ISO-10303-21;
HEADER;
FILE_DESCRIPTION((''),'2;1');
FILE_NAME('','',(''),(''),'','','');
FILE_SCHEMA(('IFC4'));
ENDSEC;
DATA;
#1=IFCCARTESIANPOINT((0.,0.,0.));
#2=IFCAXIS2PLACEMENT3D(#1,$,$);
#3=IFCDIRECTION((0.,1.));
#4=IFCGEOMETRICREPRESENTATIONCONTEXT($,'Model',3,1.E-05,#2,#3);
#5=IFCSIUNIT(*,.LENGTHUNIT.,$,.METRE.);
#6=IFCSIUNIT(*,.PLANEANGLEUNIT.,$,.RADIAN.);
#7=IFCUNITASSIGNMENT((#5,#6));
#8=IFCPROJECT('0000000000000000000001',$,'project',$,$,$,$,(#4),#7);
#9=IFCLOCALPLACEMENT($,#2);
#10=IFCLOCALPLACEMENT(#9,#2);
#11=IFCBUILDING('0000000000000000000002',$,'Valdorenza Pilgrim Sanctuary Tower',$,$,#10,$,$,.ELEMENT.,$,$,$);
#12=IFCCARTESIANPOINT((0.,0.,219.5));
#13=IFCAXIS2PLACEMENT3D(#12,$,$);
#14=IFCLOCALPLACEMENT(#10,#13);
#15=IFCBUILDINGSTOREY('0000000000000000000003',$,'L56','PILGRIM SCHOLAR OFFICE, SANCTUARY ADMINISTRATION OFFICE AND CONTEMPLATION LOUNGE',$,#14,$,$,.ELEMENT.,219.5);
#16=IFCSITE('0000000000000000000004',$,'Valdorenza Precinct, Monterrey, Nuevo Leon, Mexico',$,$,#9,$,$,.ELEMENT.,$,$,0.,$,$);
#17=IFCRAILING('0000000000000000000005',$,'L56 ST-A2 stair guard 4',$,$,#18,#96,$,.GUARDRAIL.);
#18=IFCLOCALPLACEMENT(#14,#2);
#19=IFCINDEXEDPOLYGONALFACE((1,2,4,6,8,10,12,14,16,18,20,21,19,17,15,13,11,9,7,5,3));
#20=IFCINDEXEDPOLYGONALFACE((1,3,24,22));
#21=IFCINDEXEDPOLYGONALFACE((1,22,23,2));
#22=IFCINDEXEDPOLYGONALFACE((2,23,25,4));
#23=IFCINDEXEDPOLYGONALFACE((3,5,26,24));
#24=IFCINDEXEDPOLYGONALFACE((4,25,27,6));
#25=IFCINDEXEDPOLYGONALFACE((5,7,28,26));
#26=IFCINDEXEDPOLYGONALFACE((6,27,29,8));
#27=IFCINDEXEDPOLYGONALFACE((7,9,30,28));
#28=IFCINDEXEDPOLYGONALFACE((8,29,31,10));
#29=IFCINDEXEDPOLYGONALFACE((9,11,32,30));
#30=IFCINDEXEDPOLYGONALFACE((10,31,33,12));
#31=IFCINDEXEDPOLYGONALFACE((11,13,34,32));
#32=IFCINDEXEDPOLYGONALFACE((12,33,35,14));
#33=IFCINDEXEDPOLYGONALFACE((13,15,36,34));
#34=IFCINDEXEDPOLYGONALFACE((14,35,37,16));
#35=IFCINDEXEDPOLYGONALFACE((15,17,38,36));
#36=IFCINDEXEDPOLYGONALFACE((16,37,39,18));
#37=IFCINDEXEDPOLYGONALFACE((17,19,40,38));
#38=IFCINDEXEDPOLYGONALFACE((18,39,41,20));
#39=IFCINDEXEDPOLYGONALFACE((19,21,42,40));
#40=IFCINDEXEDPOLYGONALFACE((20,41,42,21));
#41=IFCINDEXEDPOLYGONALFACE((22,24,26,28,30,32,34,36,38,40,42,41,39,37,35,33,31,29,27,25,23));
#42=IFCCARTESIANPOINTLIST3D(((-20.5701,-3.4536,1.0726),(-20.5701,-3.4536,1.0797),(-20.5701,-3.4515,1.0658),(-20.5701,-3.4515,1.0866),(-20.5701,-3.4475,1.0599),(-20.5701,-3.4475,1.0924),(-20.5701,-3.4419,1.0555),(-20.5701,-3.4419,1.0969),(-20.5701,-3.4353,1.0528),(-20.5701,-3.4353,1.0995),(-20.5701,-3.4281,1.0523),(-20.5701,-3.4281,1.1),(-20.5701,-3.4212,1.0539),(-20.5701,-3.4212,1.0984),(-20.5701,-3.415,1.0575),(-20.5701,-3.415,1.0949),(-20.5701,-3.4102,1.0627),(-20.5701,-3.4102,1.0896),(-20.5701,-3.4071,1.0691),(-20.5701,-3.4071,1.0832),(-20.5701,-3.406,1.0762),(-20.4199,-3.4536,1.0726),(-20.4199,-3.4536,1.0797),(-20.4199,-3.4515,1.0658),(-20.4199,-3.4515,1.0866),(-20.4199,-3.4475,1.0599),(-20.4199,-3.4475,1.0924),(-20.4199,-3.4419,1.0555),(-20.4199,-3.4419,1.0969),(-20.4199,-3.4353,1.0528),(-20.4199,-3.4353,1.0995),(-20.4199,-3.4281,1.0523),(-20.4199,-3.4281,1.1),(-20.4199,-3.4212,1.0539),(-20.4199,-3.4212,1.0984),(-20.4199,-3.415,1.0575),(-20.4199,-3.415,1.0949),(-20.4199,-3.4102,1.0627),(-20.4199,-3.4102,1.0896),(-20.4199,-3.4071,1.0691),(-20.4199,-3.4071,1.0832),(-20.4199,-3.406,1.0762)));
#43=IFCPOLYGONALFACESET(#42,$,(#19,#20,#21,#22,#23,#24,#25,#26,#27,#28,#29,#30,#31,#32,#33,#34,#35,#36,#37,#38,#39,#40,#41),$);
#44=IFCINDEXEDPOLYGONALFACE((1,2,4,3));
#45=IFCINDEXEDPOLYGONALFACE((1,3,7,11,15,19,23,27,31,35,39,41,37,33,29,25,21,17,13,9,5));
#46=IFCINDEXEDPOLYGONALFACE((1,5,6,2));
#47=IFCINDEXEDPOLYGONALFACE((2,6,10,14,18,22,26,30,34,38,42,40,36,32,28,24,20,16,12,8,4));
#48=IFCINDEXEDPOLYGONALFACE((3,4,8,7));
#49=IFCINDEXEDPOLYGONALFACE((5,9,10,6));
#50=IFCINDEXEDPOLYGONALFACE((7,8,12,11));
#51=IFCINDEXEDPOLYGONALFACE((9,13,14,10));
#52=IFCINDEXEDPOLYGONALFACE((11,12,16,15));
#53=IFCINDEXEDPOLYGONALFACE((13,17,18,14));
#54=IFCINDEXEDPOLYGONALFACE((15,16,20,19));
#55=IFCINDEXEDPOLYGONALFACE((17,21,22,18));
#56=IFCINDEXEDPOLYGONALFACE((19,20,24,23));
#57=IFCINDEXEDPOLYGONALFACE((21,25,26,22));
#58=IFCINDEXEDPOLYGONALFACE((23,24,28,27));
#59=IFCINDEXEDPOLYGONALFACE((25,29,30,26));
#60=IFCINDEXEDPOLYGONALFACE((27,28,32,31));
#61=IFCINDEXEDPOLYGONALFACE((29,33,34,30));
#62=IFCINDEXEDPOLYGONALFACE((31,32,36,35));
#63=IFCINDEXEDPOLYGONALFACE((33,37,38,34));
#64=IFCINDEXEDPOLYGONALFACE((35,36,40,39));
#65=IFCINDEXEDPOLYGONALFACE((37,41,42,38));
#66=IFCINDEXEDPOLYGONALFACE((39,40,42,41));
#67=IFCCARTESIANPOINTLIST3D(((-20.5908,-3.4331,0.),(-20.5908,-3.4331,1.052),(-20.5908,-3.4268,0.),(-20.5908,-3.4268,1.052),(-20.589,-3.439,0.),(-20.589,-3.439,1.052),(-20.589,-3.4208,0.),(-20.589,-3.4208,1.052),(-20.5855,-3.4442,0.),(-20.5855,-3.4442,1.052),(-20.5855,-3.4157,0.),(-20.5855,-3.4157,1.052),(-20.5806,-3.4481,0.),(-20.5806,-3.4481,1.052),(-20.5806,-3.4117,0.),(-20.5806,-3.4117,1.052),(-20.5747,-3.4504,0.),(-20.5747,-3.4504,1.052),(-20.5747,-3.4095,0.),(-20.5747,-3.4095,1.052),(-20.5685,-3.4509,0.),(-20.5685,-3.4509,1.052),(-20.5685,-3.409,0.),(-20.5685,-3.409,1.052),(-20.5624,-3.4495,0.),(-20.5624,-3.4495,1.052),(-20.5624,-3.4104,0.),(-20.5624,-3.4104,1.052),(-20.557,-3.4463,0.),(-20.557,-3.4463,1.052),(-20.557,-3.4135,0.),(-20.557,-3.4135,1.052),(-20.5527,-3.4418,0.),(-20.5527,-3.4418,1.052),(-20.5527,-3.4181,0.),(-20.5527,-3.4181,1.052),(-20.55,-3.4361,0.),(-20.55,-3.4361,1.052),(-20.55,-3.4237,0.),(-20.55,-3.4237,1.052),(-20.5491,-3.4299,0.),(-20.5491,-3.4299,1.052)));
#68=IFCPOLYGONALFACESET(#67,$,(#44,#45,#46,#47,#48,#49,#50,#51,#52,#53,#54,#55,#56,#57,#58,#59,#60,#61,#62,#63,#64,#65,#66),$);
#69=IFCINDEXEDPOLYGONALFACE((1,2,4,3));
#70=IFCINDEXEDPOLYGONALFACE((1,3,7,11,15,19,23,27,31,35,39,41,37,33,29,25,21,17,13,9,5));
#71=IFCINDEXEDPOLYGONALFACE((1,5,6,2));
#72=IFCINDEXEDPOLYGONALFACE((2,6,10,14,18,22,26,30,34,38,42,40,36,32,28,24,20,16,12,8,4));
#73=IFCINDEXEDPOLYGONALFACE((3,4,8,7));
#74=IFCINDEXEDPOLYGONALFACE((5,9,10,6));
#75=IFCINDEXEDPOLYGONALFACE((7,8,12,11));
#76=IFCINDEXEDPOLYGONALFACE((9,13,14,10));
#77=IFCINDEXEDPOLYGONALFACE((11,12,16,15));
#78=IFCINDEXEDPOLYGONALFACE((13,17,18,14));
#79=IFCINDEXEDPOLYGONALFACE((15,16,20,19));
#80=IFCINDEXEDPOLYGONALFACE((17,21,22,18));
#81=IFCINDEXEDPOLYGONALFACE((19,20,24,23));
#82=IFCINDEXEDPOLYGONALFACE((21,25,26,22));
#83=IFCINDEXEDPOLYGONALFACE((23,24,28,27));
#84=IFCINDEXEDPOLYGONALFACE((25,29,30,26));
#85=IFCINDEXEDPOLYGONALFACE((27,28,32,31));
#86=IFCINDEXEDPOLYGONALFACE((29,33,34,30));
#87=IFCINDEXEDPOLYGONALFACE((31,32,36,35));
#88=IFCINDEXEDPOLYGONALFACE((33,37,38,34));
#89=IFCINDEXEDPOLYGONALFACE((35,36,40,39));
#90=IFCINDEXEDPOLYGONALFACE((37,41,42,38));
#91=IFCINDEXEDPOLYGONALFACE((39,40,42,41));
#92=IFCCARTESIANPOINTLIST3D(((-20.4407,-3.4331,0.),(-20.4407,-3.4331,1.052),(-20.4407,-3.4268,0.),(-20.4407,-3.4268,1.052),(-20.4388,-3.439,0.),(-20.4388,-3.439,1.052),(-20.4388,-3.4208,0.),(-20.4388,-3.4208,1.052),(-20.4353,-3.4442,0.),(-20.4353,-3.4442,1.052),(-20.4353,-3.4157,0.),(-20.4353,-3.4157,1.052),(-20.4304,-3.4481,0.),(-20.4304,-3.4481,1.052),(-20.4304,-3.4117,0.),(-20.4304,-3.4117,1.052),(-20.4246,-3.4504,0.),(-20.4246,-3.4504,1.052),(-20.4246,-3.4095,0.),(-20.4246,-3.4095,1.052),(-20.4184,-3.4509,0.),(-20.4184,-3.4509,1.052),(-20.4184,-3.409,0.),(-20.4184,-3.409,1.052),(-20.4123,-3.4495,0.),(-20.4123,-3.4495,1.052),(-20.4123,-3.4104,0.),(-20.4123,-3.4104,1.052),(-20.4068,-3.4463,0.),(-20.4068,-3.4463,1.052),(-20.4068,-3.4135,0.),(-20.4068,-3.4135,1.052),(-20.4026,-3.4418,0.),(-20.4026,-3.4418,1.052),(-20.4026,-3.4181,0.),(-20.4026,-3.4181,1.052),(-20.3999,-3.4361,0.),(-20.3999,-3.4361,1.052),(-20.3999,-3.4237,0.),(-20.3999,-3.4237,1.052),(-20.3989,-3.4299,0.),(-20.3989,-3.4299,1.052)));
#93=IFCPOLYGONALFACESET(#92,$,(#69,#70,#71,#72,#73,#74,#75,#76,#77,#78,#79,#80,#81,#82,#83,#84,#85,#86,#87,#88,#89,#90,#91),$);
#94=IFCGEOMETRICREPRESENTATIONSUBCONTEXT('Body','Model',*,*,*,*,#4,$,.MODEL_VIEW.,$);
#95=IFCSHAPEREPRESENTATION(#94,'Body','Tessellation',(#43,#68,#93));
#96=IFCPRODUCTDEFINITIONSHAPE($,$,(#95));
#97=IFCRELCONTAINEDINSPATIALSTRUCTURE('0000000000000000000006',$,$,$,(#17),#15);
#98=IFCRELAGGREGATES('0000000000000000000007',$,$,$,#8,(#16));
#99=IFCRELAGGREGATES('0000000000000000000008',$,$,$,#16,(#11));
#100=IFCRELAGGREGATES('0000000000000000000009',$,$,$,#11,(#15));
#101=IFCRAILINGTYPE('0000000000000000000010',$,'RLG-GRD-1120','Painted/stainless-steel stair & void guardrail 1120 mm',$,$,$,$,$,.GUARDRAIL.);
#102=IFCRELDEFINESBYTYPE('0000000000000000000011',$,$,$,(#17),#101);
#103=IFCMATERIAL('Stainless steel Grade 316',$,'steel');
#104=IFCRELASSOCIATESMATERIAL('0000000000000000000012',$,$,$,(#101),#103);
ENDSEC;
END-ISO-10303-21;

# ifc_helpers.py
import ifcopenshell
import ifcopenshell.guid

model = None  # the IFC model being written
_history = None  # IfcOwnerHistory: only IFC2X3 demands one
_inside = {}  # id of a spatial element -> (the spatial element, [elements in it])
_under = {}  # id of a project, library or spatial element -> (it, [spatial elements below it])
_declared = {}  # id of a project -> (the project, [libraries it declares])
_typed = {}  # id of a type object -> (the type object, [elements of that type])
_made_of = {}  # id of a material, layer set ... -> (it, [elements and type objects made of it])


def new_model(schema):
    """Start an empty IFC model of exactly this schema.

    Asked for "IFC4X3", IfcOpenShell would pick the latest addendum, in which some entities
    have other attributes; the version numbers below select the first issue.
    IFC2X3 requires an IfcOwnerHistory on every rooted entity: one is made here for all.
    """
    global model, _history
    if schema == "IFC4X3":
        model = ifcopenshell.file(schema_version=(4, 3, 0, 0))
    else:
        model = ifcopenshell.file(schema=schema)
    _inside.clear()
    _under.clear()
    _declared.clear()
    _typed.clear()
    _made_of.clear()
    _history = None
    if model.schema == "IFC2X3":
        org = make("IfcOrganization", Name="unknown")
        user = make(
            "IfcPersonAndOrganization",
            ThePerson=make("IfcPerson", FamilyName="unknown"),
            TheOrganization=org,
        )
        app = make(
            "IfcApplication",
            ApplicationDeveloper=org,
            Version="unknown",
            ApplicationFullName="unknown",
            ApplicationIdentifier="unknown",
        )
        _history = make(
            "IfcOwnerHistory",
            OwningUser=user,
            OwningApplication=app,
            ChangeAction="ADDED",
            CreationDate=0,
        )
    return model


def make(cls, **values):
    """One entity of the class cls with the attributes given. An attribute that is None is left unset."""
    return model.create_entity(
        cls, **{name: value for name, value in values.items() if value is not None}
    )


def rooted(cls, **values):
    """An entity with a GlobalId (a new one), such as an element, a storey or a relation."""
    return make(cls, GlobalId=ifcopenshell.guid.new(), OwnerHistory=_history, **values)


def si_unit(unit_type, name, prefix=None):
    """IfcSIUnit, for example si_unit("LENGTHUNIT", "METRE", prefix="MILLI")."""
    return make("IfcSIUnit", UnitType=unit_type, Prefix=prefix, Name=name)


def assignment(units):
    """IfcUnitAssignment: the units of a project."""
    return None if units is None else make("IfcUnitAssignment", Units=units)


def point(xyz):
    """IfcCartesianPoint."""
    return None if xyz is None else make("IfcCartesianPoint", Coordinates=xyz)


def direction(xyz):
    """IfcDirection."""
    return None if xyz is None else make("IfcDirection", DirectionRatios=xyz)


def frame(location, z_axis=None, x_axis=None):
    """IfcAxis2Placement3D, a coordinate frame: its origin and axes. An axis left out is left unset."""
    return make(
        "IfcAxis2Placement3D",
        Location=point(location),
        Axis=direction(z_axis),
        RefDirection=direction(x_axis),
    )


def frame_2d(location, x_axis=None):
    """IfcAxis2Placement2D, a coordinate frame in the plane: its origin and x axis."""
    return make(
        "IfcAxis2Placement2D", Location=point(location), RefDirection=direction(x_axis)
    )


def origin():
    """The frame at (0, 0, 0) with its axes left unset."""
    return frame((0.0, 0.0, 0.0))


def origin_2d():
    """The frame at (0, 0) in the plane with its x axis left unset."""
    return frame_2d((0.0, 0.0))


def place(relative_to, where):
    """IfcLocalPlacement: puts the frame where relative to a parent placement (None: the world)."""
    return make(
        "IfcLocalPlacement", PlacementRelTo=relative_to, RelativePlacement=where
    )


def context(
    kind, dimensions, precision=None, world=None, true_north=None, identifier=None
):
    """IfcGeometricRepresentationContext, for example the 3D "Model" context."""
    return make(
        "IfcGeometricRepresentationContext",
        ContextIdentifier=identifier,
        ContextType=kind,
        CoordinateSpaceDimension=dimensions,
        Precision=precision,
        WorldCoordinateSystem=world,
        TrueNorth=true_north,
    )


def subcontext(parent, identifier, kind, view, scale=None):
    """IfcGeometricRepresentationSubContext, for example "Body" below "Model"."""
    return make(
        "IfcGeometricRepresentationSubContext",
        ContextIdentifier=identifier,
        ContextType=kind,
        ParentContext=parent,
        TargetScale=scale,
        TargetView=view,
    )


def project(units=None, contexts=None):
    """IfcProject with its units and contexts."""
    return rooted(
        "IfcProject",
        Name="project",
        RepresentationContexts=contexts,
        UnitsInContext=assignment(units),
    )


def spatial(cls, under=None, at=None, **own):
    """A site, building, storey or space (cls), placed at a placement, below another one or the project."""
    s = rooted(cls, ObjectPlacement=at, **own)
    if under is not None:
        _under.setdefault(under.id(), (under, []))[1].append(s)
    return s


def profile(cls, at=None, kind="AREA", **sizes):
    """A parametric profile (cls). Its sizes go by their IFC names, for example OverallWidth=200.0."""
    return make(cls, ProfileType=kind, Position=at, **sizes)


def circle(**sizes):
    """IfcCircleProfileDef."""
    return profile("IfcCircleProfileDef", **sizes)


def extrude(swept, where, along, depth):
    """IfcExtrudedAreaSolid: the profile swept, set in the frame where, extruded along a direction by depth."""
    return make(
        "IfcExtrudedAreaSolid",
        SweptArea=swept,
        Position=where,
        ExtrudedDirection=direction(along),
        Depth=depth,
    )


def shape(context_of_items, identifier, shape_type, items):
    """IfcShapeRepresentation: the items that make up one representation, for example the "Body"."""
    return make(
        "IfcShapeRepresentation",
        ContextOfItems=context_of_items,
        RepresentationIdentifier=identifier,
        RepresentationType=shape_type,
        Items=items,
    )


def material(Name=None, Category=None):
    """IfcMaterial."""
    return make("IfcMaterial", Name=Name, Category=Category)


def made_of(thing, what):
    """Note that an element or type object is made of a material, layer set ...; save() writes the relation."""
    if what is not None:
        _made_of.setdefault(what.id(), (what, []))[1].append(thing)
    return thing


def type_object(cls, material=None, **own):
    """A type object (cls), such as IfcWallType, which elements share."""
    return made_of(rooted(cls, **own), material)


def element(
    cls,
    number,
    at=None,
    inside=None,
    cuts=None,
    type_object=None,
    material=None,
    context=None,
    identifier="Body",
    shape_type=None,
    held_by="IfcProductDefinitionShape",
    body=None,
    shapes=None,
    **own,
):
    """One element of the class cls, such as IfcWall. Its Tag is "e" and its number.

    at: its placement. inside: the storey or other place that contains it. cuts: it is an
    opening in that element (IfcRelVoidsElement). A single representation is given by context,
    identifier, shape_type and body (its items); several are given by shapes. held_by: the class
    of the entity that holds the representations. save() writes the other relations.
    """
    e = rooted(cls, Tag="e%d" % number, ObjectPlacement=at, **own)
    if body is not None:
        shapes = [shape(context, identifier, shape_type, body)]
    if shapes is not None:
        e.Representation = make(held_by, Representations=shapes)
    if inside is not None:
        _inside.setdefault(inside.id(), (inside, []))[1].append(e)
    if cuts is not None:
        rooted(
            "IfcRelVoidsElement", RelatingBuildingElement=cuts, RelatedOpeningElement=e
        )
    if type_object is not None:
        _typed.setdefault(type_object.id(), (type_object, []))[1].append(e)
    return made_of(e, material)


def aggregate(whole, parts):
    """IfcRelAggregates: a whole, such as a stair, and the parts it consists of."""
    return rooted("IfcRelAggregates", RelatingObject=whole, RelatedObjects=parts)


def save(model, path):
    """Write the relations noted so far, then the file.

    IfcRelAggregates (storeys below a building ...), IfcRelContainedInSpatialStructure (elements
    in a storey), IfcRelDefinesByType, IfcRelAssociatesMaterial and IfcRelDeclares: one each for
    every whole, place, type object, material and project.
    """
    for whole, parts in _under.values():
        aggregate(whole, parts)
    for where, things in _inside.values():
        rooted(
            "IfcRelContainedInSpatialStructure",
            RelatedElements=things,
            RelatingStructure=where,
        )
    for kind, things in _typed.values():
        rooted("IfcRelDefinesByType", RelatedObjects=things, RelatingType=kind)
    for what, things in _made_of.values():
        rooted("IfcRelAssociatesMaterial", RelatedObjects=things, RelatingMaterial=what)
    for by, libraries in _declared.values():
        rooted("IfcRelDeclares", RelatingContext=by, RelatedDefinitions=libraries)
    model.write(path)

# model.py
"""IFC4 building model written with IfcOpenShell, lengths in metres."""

from ifc_helpers import new_model, si_unit, direction, frame, origin, origin_2d, place, context, subcontext, project, spatial, circle, extrude, material, type_object, element, save


model = new_model("IFC4")

# Units and contexts
model_context = context("Model", 3, precision=1e-05, world=origin(), true_north=direction((0.0, 1.0)))
body_context = subcontext(model_context, "Body", "Model", "MODEL_VIEW")
ifc_project = project(units=[si_unit("LENGTHUNIT", "METRE"), si_unit("PLANEANGLEUNIT", "RADIAN")], contexts=[model_context])

# Site, building, storey
site_placement = place(None, origin())
site = spatial("IfcSite", under=ifc_project, at=site_placement, Name="Valdorenza Precinct, Monterrey, Nuevo Leon, Mexico", CompositionType="ELEMENT", RefElevation=0.0)
building_placement = place(site_placement, origin())
building = spatial("IfcBuilding", under=site, at=building_placement, Name="Valdorenza Pilgrim Sanctuary Tower", CompositionType="ELEMENT")
storey_placement = place(building_placement, frame((0.0, 0.0, 219.5)))
storey = spatial("IfcBuildingStorey", under=building, at=storey_placement, Name="L56", Description="PILGRIM SCHOLAR OFFICE, SANCTUARY ADMINISTRATION OFFICE AND CONTEMPLATION LOUNGE", CompositionType="ELEMENT", Elevation=219.5)

# Railing
ifc_material_1 = material(Name="Stainless steel Grade 316", Category="steel")
railing_type_1 = type_object("IfcRailingType", Name="RLG-GRD-1120", Description="Painted/stainless-steel stair & void guardrail 1120 mm", PredefinedType="GUARDRAIL", material=ifc_material_1)
railing_1_placement = place(storey_placement, frame((-20.5701, -3.4299, 0.0)))
element("IfcRailing", 1, at=railing_1_placement, inside=storey, type_object=railing_type_1, Name="L56 ST-A2 stair guard 4", PredefinedType="GUARDRAIL", context=body_context, shape_type="SweptSolid", body=[
    extrude(circle(Radius=0.0239, at=origin_2d()), frame((0.0, 0.0, 1.0762), z_axis=(1.0, 0.0, 0.0), x_axis=(0.0, 1.0, 0.0)), (0.0, 0.0, 1.0), 0.1501),
    extrude(circle(Radius=0.021, at=origin_2d()), origin(), (0.0, 0.0, 1.0), 1.052),
    extrude(circle(Radius=0.021, at=origin_2d()), frame((0.1501, 0.0, 0.0)), (0.0, 0.0, 1.0), 1.052),
])

save(model, "model.ifc")
